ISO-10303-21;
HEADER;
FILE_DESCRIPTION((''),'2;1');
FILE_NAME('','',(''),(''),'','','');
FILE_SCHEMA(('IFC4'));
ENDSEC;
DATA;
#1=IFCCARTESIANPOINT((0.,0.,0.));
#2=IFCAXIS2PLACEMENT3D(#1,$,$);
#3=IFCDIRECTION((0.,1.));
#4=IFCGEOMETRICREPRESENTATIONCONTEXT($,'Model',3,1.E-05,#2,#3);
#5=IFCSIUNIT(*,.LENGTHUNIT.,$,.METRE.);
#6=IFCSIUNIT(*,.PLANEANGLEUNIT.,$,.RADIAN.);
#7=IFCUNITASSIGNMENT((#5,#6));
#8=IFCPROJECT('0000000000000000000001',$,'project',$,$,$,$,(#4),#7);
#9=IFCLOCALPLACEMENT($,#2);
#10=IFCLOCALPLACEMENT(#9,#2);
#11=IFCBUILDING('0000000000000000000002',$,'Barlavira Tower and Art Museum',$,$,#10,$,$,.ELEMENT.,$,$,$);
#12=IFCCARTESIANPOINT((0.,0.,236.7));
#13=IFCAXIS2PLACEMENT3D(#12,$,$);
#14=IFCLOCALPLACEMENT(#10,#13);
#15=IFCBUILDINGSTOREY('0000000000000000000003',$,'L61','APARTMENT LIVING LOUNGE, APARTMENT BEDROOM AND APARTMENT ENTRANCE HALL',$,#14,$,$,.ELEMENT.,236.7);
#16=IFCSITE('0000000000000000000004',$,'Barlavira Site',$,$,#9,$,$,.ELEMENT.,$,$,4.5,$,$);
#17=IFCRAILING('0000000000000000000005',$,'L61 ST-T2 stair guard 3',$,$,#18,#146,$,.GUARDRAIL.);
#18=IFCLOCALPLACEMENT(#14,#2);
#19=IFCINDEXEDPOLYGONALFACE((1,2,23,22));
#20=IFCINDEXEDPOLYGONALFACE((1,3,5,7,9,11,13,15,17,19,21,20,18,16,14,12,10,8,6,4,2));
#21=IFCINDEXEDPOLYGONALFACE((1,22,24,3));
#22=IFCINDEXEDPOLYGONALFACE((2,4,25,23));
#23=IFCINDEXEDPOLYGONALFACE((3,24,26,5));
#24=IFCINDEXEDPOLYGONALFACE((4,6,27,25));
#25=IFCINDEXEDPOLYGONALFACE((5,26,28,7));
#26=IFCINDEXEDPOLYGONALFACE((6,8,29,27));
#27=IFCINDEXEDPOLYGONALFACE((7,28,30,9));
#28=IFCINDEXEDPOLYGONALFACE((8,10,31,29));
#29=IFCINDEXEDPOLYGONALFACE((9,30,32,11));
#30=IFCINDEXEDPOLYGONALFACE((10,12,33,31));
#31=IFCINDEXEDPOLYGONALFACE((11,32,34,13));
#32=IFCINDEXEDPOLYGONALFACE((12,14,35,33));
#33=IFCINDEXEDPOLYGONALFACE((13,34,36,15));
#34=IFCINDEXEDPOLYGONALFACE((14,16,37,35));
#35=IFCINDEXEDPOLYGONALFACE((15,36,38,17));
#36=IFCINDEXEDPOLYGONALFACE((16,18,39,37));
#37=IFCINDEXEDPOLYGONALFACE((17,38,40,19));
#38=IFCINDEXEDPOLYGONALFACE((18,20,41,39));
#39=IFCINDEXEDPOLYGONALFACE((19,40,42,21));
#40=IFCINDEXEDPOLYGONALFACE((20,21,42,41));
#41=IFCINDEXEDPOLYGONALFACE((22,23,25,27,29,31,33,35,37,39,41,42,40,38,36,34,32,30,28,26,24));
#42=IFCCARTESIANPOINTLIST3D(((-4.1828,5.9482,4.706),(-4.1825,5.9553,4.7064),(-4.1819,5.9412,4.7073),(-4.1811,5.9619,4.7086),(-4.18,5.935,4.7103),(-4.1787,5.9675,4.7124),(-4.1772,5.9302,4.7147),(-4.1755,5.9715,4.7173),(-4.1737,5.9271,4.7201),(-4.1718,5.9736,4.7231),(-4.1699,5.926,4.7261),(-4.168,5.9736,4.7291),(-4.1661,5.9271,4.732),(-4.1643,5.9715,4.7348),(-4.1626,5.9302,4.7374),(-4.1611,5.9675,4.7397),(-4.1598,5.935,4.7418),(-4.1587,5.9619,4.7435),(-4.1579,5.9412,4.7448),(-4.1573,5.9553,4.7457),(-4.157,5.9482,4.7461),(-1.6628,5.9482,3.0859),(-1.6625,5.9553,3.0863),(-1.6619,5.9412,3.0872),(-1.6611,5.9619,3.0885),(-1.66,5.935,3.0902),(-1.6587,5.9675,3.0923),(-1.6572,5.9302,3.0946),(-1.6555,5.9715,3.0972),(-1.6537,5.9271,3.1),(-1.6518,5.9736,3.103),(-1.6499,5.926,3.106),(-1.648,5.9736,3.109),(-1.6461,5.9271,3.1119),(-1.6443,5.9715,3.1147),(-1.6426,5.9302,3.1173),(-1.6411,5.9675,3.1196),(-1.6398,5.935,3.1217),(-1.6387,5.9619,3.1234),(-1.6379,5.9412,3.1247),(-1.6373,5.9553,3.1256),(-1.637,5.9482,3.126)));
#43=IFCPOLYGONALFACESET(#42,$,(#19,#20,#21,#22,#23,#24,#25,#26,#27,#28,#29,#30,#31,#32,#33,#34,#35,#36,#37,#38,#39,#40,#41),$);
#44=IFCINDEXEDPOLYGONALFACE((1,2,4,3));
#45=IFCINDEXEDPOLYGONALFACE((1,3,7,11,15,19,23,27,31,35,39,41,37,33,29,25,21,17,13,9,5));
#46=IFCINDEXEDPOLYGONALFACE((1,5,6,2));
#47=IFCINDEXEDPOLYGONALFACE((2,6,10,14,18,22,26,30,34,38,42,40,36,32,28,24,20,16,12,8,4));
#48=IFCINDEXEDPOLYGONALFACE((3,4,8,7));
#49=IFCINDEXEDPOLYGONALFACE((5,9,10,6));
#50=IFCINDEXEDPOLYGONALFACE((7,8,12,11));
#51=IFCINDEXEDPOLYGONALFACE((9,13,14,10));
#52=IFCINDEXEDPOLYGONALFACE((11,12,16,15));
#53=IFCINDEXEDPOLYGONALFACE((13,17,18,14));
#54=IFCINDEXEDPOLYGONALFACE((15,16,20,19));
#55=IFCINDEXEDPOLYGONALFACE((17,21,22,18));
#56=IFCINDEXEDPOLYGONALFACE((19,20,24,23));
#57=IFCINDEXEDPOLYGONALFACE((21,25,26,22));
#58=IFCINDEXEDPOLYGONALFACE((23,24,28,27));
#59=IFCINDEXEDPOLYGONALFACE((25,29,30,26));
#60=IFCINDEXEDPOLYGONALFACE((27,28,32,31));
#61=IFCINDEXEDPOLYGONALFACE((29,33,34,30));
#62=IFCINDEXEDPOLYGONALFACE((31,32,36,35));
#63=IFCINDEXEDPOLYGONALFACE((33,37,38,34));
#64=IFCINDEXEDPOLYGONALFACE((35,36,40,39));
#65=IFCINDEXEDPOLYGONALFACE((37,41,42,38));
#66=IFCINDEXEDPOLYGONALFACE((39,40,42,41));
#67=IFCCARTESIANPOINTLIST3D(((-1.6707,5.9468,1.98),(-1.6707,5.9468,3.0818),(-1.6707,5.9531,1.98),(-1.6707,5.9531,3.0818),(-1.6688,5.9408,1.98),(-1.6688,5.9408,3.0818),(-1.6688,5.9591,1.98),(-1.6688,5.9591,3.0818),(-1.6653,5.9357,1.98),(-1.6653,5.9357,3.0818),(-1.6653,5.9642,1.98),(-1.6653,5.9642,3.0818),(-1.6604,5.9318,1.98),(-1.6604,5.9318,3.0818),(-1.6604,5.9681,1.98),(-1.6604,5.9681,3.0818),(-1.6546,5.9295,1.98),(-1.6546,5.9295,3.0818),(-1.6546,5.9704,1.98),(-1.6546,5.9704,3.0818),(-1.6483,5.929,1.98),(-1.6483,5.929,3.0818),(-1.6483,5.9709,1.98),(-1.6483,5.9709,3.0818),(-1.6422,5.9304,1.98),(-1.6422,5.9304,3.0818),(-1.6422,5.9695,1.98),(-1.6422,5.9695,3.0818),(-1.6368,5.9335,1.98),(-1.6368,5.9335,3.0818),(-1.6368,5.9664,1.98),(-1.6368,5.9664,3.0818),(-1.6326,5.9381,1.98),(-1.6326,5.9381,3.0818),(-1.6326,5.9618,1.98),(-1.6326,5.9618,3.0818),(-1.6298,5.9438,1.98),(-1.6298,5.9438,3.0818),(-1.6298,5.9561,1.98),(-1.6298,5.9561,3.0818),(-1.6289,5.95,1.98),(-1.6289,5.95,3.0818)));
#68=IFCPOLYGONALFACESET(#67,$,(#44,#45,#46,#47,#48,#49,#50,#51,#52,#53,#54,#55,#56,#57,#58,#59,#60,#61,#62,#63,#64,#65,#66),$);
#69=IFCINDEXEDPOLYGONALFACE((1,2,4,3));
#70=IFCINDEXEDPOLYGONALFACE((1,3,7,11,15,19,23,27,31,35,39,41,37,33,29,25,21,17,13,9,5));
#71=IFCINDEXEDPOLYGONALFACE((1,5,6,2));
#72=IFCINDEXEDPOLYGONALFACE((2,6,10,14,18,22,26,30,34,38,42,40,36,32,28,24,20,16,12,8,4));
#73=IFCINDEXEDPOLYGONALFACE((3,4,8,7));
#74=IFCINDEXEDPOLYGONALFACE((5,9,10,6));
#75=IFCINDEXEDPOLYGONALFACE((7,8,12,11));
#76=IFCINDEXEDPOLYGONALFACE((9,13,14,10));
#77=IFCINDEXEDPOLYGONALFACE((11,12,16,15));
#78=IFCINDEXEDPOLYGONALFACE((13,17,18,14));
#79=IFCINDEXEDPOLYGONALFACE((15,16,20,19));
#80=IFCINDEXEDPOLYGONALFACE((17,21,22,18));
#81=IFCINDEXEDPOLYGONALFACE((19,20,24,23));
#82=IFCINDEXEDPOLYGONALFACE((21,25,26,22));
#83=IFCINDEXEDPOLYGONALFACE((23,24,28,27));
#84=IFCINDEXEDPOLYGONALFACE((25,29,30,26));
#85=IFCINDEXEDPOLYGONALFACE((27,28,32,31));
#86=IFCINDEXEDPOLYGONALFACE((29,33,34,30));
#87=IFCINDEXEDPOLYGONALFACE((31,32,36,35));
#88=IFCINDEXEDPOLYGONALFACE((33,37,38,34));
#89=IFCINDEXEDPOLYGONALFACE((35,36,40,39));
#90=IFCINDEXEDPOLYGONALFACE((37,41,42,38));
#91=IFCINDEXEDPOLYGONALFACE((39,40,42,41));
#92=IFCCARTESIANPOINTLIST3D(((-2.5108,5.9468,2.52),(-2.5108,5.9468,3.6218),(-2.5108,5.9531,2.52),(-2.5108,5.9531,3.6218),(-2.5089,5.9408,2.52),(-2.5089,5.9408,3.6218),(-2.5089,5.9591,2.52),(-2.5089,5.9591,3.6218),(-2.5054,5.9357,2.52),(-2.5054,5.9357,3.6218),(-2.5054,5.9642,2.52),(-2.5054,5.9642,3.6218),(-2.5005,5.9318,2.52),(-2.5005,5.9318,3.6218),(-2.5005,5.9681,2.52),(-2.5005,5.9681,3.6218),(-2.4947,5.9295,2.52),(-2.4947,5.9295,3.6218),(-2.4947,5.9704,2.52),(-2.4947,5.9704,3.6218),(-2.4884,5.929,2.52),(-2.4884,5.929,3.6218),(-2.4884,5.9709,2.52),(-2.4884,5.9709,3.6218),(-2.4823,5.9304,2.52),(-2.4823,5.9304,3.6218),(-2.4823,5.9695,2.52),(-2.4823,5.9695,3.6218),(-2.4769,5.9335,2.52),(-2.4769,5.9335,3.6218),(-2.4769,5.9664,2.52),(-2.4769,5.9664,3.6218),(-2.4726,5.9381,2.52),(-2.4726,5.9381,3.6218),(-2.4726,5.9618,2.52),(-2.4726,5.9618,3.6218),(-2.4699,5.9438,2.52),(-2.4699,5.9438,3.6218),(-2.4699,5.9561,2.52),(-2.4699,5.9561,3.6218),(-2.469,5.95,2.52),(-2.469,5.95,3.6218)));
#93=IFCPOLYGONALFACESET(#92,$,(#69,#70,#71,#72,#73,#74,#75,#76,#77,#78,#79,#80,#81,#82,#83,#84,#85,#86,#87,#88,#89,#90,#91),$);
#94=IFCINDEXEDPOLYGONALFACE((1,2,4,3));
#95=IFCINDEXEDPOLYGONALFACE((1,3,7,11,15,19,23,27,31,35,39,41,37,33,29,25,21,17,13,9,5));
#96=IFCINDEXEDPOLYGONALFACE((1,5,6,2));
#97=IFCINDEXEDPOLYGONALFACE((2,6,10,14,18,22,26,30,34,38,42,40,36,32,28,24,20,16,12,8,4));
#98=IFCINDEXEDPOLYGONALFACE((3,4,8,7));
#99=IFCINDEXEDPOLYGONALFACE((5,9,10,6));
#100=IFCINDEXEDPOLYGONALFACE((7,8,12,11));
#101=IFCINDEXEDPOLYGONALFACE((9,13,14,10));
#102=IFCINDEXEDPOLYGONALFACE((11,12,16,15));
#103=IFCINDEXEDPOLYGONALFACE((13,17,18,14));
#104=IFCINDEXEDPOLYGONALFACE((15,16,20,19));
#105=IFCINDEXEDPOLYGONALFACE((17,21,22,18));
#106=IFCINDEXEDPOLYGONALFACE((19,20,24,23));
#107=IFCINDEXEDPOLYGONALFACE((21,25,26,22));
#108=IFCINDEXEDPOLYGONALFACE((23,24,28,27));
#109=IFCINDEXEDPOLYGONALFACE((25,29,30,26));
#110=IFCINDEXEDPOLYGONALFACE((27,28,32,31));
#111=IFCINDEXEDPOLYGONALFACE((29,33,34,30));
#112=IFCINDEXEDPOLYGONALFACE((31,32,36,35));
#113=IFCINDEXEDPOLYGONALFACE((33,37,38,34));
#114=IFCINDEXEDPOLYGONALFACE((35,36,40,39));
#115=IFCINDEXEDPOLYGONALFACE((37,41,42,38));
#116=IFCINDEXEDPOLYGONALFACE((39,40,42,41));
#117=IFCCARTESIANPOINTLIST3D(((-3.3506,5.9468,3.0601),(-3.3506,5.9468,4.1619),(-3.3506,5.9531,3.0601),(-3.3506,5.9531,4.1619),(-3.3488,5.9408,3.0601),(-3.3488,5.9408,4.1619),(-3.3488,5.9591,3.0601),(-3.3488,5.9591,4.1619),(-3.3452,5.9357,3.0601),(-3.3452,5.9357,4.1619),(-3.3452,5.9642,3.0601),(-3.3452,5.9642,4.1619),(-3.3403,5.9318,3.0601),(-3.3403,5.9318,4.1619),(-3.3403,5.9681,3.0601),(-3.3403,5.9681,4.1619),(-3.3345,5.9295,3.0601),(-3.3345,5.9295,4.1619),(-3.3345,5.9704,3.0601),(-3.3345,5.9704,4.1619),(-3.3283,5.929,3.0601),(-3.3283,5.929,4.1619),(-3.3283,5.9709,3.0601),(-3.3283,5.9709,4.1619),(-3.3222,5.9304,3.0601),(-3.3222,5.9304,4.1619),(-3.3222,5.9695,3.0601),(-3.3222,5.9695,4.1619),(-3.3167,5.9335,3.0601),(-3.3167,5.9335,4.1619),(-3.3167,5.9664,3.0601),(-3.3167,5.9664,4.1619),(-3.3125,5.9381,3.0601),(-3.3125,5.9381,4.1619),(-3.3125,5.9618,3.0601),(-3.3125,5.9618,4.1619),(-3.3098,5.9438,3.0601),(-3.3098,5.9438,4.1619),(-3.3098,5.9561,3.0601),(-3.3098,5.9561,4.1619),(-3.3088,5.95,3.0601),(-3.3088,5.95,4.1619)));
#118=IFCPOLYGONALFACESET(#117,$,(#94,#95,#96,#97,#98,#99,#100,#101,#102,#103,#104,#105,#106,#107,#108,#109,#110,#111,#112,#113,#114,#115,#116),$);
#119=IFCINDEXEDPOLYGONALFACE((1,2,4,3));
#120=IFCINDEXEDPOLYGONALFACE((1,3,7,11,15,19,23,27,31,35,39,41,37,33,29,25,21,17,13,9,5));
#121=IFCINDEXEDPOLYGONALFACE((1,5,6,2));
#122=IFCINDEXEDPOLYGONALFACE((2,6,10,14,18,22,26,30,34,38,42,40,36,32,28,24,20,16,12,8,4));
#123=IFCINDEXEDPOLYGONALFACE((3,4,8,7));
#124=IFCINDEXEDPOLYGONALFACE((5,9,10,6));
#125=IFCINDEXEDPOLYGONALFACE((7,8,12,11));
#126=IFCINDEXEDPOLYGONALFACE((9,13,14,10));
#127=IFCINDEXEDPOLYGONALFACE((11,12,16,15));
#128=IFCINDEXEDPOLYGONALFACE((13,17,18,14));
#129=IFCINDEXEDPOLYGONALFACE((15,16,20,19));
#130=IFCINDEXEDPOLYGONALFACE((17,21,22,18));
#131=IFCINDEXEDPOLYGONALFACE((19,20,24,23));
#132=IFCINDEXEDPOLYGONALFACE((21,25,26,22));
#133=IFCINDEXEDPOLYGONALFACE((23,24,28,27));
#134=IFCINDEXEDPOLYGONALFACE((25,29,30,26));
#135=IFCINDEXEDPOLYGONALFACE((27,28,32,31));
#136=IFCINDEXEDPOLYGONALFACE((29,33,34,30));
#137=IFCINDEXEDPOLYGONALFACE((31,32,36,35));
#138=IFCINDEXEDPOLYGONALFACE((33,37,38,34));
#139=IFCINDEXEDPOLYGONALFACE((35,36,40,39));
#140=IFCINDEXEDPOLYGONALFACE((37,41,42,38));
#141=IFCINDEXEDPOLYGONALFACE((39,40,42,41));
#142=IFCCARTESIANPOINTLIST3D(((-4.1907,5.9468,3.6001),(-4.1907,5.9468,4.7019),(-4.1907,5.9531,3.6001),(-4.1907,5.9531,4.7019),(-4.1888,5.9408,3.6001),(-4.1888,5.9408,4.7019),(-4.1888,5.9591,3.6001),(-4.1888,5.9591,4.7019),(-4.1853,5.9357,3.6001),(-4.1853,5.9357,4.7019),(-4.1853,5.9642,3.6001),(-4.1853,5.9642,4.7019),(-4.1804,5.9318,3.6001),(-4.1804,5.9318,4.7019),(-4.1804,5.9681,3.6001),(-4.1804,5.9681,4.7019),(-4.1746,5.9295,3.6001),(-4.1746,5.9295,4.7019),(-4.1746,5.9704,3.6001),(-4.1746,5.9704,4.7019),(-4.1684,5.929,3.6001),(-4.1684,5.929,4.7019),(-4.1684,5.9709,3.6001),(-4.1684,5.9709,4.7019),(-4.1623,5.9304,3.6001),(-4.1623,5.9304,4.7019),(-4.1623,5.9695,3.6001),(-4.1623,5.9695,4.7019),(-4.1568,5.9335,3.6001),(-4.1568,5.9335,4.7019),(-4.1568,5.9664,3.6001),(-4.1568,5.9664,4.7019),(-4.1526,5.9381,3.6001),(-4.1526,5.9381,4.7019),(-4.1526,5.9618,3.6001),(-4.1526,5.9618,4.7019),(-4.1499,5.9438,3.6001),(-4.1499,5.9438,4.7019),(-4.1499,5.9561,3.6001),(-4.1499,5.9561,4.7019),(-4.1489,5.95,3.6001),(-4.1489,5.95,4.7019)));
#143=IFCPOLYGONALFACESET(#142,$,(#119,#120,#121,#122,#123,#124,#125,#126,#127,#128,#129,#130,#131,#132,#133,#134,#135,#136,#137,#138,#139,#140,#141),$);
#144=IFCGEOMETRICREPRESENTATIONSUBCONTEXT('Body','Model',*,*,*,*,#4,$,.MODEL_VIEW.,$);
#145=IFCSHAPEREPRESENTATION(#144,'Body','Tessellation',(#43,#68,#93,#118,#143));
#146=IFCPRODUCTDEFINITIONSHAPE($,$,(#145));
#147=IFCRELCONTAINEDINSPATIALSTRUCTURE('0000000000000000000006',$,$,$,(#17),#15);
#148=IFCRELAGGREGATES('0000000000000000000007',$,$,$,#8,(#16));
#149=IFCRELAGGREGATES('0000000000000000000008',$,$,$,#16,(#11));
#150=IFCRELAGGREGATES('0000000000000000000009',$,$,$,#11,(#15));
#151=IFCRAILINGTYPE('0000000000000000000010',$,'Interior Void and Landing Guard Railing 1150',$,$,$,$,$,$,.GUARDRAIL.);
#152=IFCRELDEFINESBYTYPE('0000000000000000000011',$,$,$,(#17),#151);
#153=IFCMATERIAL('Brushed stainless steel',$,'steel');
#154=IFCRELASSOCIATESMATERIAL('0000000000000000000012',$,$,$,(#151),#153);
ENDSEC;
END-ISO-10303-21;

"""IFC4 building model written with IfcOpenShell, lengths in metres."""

from ifc_helpers import new_model, si_unit, direction, frame, origin, origin_2d, place, context, subcontext, project, spatial, circle, extrude, material, type_object, element, save


model = new_model("IFC4")

# Units and contexts
model_context = context("Model", 3, precision=1e-05, world=origin(), true_north=direction((0.0, 1.0)))
body_context = subcontext(model_context, "Body", "Model", "MODEL_VIEW")
ifc_project = project(units=[si_unit("LENGTHUNIT", "METRE"), si_unit("PLANEANGLEUNIT", "RADIAN")], contexts=[model_context])

# Site, building, storey
site_placement = place(None, origin())
site = spatial("IfcSite", under=ifc_project, at=site_placement, Name="Barlavira Site", CompositionType="ELEMENT", RefElevation=4.5)
building_placement = place(site_placement, origin())
building = spatial("IfcBuilding", under=site, at=building_placement, Name="Barlavira Tower and Art Museum", CompositionType="ELEMENT")
storey_placement = place(building_placement, frame((0.0, 0.0, 236.7)))
storey = spatial("IfcBuildingStorey", under=building, at=storey_placement, Name="L61", Description="APARTMENT LIVING LOUNGE, APARTMENT BEDROOM AND APARTMENT ENTRANCE HALL", CompositionType="ELEMENT", Elevation=236.7)

# Shared definitions
ifc_material_1 = material(Name="Brushed stainless steel", Category="steel")

# Railing
railing_type_1 = type_object("IfcRailingType", Name="Interior Void and Landing Guard Railing 1150", PredefinedType="GUARDRAIL", material=ifc_material_1)
railing_1_placement = place(storey_placement, frame((-1.6499, 5.95, 1.98)))
element("IfcRailing", 1, at=railing_1_placement, inside=storey, type_object=railing_type_1, Name="L61 ST-T2 stair guard 3", PredefinedType="GUARDRAIL", context=body_context, shape_type="SweptSolid", body=[
    extrude(circle(Radius=0.0239, at=origin_2d()), frame((0.0, 0.0, 1.126), z_axis=(-0.841163, 0.0, 0.540782), x_axis=(0.0, -1.0, 0.0)), (0.0, 0.0, 1.0), 2.9958),
    extrude(circle(Radius=0.021, at=origin_2d()), origin(), (0.0, 0.0, 1.0), 1.1018),
    extrude(circle(Radius=0.021, at=origin_2d()), frame((-0.8401, 0.0, 0.54)), (0.0, 0.0, 1.0), 1.1018),
    extrude(circle(Radius=0.021, at=origin_2d()), frame((-1.6799, 0.0, 1.0801)), (0.0, 0.0, 1.0), 1.1018),
    extrude(circle(Radius=0.021, at=origin_2d()), frame((-2.52, 0.0, 1.6201)), (0.0, 0.0, 1.0), 1.1018),
])

save(model, "model.ifc")
